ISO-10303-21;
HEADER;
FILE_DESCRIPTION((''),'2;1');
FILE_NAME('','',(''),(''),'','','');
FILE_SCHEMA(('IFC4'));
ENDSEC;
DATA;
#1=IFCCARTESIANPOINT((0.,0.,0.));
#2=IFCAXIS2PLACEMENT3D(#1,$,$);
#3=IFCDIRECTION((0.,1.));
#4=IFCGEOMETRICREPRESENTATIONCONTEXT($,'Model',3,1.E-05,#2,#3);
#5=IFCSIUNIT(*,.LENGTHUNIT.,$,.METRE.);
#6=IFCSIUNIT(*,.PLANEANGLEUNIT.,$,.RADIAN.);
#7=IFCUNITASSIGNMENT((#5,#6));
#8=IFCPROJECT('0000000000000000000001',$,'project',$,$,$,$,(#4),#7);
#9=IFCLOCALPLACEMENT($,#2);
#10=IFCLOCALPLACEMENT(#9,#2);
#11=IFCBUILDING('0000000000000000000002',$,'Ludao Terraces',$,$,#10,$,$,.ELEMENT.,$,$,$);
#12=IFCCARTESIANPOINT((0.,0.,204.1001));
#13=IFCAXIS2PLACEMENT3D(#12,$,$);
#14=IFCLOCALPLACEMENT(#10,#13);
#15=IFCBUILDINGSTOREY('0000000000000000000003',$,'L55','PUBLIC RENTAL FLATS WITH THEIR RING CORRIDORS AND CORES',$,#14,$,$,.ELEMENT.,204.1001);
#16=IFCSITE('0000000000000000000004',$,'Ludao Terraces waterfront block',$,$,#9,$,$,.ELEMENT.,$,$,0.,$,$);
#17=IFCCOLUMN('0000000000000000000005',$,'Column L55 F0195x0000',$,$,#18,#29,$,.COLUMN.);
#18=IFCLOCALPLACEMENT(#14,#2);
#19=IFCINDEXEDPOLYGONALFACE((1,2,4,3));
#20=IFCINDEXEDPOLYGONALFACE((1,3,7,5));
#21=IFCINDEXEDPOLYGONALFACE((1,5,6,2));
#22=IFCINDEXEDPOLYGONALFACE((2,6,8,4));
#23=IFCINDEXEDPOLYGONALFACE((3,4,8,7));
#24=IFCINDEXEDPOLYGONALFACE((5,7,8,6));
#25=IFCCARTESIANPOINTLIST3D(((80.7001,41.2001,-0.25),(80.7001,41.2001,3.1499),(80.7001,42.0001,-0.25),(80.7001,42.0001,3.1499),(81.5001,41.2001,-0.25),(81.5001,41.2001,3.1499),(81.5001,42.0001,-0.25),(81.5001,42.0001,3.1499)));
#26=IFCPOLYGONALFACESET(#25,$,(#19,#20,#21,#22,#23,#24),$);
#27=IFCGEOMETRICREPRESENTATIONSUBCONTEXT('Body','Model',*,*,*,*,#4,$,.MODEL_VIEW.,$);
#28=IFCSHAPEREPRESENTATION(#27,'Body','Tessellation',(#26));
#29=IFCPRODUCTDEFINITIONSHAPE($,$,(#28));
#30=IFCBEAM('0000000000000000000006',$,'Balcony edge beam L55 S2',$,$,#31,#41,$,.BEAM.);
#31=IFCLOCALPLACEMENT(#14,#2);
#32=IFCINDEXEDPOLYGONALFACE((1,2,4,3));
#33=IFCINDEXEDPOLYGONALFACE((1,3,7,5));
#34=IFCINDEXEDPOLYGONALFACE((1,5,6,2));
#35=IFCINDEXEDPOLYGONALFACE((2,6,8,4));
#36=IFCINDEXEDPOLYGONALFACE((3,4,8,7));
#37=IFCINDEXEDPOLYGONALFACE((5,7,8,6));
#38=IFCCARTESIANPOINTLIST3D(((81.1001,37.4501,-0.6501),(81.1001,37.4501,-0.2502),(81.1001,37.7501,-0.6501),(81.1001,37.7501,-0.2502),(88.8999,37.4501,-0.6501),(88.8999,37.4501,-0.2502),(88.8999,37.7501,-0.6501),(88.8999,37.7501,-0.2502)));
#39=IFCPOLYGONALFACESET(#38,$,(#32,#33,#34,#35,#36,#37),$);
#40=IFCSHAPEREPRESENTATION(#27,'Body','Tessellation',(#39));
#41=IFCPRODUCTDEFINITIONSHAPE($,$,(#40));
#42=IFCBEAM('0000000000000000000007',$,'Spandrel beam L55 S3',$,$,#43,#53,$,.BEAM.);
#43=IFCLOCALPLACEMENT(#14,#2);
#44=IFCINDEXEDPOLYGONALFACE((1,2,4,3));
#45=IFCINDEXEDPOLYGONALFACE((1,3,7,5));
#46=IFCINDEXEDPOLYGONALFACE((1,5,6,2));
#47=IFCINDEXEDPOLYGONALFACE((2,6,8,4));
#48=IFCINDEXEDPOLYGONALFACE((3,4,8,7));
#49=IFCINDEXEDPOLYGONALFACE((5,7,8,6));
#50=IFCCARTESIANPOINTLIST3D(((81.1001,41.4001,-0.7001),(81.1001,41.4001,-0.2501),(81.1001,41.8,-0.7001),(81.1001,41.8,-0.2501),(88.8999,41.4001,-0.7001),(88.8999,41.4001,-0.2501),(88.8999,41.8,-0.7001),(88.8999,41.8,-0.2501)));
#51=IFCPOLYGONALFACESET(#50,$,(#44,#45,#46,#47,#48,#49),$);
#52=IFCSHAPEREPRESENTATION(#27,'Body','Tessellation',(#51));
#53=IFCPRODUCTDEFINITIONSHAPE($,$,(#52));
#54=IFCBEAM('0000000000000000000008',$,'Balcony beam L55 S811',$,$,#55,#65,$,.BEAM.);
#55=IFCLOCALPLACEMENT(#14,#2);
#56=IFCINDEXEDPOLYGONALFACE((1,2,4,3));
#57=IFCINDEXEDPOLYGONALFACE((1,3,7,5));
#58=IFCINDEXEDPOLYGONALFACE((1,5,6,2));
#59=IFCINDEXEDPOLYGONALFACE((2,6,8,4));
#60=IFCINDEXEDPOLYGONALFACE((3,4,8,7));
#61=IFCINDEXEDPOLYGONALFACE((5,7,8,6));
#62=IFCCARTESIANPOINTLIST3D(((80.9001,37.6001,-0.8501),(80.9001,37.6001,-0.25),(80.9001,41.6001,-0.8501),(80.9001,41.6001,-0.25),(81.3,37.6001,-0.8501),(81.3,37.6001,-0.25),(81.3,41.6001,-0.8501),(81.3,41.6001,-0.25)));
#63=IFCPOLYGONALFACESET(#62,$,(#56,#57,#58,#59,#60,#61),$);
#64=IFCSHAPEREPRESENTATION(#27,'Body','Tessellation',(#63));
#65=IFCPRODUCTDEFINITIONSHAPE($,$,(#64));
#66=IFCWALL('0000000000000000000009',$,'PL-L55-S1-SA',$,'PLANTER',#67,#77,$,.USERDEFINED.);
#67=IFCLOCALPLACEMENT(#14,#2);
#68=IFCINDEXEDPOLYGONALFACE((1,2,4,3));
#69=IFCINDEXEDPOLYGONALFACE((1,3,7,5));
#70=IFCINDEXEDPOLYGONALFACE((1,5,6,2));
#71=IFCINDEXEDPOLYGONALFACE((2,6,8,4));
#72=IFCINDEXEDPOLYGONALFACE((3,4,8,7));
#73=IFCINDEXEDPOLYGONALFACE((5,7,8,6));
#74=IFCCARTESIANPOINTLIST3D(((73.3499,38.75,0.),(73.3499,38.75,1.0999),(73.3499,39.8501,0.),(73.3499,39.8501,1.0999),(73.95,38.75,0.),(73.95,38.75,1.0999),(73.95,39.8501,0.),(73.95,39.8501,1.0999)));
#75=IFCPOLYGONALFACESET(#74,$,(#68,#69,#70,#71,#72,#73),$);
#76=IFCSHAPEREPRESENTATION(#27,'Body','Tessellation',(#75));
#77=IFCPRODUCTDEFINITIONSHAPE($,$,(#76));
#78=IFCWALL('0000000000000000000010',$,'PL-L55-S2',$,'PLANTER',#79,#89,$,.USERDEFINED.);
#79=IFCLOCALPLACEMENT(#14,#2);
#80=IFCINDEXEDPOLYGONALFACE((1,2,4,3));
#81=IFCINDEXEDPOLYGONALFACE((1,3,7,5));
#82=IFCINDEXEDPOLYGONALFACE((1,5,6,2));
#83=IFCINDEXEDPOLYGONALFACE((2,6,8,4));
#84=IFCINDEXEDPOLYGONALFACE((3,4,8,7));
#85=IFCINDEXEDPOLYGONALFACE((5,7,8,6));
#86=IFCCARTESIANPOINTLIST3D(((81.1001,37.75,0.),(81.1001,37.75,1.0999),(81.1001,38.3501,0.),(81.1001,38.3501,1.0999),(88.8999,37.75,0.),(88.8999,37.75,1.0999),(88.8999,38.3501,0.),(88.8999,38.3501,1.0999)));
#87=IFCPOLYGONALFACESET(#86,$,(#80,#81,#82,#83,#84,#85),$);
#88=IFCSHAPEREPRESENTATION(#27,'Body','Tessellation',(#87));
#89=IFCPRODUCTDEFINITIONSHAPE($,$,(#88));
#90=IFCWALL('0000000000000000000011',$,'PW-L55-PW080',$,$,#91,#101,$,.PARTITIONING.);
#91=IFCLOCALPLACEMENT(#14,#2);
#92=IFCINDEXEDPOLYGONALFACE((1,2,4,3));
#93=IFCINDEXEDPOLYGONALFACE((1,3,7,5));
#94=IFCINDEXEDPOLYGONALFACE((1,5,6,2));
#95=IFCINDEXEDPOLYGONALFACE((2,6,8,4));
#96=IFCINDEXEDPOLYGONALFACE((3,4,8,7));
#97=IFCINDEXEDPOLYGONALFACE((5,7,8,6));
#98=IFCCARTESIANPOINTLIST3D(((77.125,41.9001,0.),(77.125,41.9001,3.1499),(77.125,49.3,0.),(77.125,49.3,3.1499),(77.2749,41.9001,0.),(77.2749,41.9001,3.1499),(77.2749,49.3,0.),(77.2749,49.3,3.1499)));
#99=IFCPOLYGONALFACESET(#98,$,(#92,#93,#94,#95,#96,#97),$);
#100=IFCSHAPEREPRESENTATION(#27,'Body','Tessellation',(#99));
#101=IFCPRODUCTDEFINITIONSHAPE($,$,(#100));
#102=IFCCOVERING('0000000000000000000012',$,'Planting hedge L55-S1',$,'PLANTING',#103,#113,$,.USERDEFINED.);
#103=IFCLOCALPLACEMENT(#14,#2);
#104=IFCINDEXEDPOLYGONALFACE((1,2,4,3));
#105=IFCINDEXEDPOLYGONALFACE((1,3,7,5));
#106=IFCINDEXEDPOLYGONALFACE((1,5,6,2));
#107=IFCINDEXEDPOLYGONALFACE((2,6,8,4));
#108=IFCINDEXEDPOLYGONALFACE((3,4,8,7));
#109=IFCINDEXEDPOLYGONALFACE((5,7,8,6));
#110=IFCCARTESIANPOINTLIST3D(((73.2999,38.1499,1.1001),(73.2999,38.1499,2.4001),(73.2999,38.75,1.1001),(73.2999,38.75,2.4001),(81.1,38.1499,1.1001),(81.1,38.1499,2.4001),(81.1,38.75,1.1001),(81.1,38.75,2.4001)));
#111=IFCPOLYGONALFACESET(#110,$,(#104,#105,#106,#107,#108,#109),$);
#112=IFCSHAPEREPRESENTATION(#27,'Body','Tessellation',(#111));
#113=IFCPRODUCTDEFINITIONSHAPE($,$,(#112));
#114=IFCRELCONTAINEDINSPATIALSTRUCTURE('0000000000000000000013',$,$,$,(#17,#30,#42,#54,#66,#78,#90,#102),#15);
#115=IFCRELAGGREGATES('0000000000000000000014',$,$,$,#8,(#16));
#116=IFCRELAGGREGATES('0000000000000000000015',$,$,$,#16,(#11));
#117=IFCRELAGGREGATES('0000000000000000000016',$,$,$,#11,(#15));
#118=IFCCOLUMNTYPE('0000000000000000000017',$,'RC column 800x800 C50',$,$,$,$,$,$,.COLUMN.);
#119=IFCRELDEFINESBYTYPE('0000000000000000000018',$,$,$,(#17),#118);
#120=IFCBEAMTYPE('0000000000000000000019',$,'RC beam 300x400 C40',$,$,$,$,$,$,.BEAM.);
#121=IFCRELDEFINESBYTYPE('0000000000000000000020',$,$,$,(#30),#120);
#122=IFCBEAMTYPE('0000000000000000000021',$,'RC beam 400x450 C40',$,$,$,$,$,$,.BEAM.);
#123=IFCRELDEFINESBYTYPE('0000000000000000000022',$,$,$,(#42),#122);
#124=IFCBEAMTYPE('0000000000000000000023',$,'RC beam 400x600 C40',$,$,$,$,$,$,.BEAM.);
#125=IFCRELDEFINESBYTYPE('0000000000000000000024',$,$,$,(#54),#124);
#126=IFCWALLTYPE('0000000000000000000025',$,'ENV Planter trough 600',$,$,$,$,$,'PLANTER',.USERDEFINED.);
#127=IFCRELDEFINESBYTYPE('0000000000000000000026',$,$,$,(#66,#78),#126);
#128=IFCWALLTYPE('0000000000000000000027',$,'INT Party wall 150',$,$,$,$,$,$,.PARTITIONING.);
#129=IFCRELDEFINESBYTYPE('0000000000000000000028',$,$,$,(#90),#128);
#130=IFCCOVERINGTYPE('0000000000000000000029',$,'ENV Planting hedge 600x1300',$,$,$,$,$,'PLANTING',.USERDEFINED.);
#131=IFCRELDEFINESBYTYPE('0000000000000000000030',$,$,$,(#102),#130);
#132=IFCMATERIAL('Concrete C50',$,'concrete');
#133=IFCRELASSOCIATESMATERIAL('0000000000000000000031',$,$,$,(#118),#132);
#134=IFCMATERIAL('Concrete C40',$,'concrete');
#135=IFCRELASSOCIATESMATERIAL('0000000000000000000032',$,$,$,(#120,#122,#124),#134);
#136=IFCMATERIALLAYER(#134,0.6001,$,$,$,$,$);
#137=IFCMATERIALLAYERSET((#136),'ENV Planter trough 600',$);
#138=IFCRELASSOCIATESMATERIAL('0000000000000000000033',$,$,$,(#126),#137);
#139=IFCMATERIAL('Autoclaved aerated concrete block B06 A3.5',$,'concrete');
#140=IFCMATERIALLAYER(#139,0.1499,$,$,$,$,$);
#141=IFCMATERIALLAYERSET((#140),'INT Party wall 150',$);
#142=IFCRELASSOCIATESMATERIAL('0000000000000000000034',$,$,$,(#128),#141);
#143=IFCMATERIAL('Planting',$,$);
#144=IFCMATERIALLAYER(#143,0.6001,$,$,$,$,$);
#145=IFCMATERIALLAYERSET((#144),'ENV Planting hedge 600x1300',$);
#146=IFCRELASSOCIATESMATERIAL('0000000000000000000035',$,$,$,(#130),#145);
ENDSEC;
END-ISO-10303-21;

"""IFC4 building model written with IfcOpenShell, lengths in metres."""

from ifc_helpers import new_model, si_unit, direction, frame, frame_2d, origin, origin_2d, place, context, subcontext, project, spatial, rectangle, extrude, material, layer, layer_set, material_profile, profile_set, type_object, element, save


model = new_model("IFC4")

# Units and contexts
model_context = context("Model", 3, precision=1e-05, world=origin(), true_north=direction((0.0, 1.0)))
body_context = subcontext(model_context, "Body", "Model", "MODEL_VIEW")
ifc_project = project(units=[si_unit("LENGTHUNIT", "METRE"), si_unit("PLANEANGLEUNIT", "RADIAN")], contexts=[model_context])

# Site, building, storey
site_placement = place(None, origin())
site = spatial("IfcSite", under=ifc_project, at=site_placement, Name="Ludao Terraces waterfront block", CompositionType="ELEMENT", RefElevation=0.0)
building_placement = place(site_placement, origin())
building = spatial("IfcBuilding", under=site, at=building_placement, Name="Ludao Terraces", CompositionType="ELEMENT")
storey_placement = place(building_placement, frame((0.0, 0.0, 204.1001)))
storey = spatial("IfcBuildingStorey", under=building, at=storey_placement, Name="L55", Description="PUBLIC RENTAL FLATS WITH THEIR RING CORRIDORS AND CORES", CompositionType="ELEMENT", Elevation=204.1001)

# Column
ifc_material_1 = material(Name="Concrete C50", Category="concrete")
ifc_material_profile_1 = material_profile(ifc_material_1, rectangle(XDim=0.8, YDim=0.8, at=origin_2d()), Name="800 X 800")
ifc_profile_set_1 = profile_set([ifc_material_profile_1], Name="Concrete C50")
column_type = type_object("IfcColumnType", Name="RC column 800x800 C50", PredefinedType="COLUMN", material=ifc_profile_set_1)
column_placement = place(storey_placement, frame((81.1001, 41.6001, -0.25), z_axis=(0.0, 0.0, 1.0), x_axis=(1.0, 0.0, 0.0)))
element("IfcColumn", 1, at=column_placement, inside=storey, type_object=column_type, Name="Column L55 F0195x0000", PredefinedType="COLUMN", context=body_context, shape_type="SweptSolid", body=[
    extrude(rectangle(XDim=0.8, YDim=0.8, at=origin_2d()), origin(), (0.0, 0.0, 1.0), 3.3999),
])

# Beams
ifc_material_2 = material(Name="Concrete C40", Category="concrete")
ifc_material_profile_2 = material_profile(ifc_material_2, rectangle(XDim=0.3, YDim=0.3999, at=origin_2d()), Name="300 X 400")
ifc_profile_set_2 = profile_set([ifc_material_profile_2], Name="Concrete C40")
beam_type_1 = type_object("IfcBeamType", Name="RC beam 300x400 C40", PredefinedType="BEAM", material=ifc_profile_set_2)
beam_1_placement = place(storey_placement, frame((81.1001, 37.6001, -0.4502), z_axis=(1.0, 0.0, 0.0), x_axis=(0.0, 1.0, 0.0)))
element("IfcBeam", 2, at=beam_1_placement, inside=storey, type_object=beam_type_1, Name="Balcony edge beam L55 S2", PredefinedType="BEAM", context=body_context, shape_type="SweptSolid", body=[
    extrude(rectangle(XDim=0.3, YDim=0.3999, at=origin_2d()), origin(), (0.0, 0.0, 1.0), 7.7998),
])
ifc_material_profile_3 = material_profile(ifc_material_2, rectangle(XDim=0.3999, YDim=0.45, at=origin_2d()), Name="400 X 450")
ifc_profile_set_3 = profile_set([ifc_material_profile_3], Name="Concrete C40")
beam_type_2 = type_object("IfcBeamType", Name="RC beam 400x450 C40", PredefinedType="BEAM", material=ifc_profile_set_3)
beam_2_placement = place(storey_placement, frame((81.1001, 41.6001, -0.4751), z_axis=(1.0, 0.0, 0.0), x_axis=(0.0, 1.0, 0.0)))
element("IfcBeam", 3, at=beam_2_placement, inside=storey, type_object=beam_type_2, Name="Spandrel beam L55 S3", PredefinedType="BEAM", context=body_context, shape_type="SweptSolid", body=[
    extrude(rectangle(XDim=0.3999, YDim=0.45, at=origin_2d()), origin(), (0.0, 0.0, 1.0), 7.7998),
])
ifc_material_profile_4 = material_profile(ifc_material_2, rectangle(XDim=0.3999, YDim=0.6001, at=origin_2d()), Name="400 X 600")
ifc_profile_set_4 = profile_set([ifc_material_profile_4], Name="Concrete C40")
beam_type_3 = type_object("IfcBeamType", Name="RC beam 400x600 C40", PredefinedType="BEAM", material=ifc_profile_set_4)
beam_3_placement = place(storey_placement, frame((81.1001, 41.6001, -0.55), z_axis=(0.0, -1.0, 0.0), x_axis=(1.0, 0.0, 0.0)))
element("IfcBeam", 4, at=beam_3_placement, inside=storey, type_object=beam_type_3, Name="Balcony beam L55 S811", PredefinedType="BEAM", context=body_context, shape_type="SweptSolid", body=[
    extrude(rectangle(XDim=0.3999, YDim=0.6001, at=origin_2d()), origin(), (0.0, 0.0, 1.0), 4.0),
])

# Walls
ifc_layer_1 = layer(ifc_material_2, 0.6001)
ifc_layer_set_1 = layer_set([ifc_layer_1], Name="ENV Planter trough 600")
wall_type_1 = type_object("IfcWallType", Name="ENV Planter trough 600", ElementType="PLANTER", PredefinedType="USERDEFINED", material=ifc_layer_set_1)
wall_1_placement = place(storey_placement, frame((73.6499, 38.75, 0.0), z_axis=(0.0, 0.0, 1.0), x_axis=(0.0, 1.0, 0.0)))
element("IfcWall", 5, at=wall_1_placement, inside=storey, type_object=wall_type_1, Name="PL-L55-S1-SA", ObjectType="PLANTER", PredefinedType="USERDEFINED", context=body_context, shape_type="SweptSolid", body=[
    extrude(rectangle(XDim=1.1001, YDim=0.6001, at=frame_2d((0.55, 0.0))), origin(), (0.0, 0.0, 1.0), 1.0999),
])
wall_2_placement = place(storey_placement, frame((81.1001, 38.05, 0.0), z_axis=(0.0, 0.0, 1.0), x_axis=(1.0, 0.0, 0.0)))
element("IfcWall", 6, at=wall_2_placement, inside=storey, type_object=wall_type_1, Name="PL-L55-S2", ObjectType="PLANTER", PredefinedType="USERDEFINED", context=body_context, shape_type="SweptSolid", body=[
    extrude(rectangle(XDim=7.7998, YDim=0.6001, at=frame_2d((3.8999, 0.0))), origin(), (0.0, 0.0, 1.0), 1.0999),
])

# Wall
ifc_material_3 = material(Name="Autoclaved aerated concrete block B06 A3.5", Category="concrete")
ifc_layer_2 = layer(ifc_material_3, 0.1499)
ifc_layer_set_2 = layer_set([ifc_layer_2], Name="INT Party wall 150")
wall_type_2 = type_object("IfcWallType", Name="INT Party wall 150", PredefinedType="PARTITIONING", material=ifc_layer_set_2)
wall_3_placement = place(storey_placement, frame((77.2, 41.9001, 0.0), z_axis=(0.0, 0.0, 1.0), x_axis=(0.0, 1.0, 0.0)))
element("IfcWall", 7, at=wall_3_placement, inside=storey, type_object=wall_type_2, Name="PW-L55-PW080", PredefinedType="PARTITIONING", context=body_context, shape_type="SweptSolid", body=[
    extrude(rectangle(XDim=7.3999, YDim=0.1499, at=frame_2d((3.7, 0.0))), origin(), (0.0, 0.0, 1.0), 3.1499),
])

# Covering
ifc_material_4 = material(Name="Planting")
ifc_layer_3 = layer(ifc_material_4, 0.6001)
ifc_layer_set_3 = layer_set([ifc_layer_3], Name="ENV Planting hedge 600x1300")
covering_type = type_object("IfcCoveringType", Name="ENV Planting hedge 600x1300", ElementType="PLANTING", PredefinedType="USERDEFINED", material=ifc_layer_set_3)
covering_placement = place(storey_placement, frame((77.2, 38.45, 1.1001), z_axis=(0.0, 0.0, 1.0), x_axis=(1.0, 0.0, 0.0)))
element("IfcCovering", 8, at=covering_placement, inside=storey, type_object=covering_type, Name="Planting hedge L55-S1", ObjectType="PLANTING", PredefinedType="USERDEFINED", context=body_context, shape_type="SweptSolid", body=[
    extrude(rectangle(XDim=7.8, YDim=0.6001, at=origin_2d()), origin(), (0.0, 0.0, 1.0), 1.3),
])

save(model, "model.ifc")
